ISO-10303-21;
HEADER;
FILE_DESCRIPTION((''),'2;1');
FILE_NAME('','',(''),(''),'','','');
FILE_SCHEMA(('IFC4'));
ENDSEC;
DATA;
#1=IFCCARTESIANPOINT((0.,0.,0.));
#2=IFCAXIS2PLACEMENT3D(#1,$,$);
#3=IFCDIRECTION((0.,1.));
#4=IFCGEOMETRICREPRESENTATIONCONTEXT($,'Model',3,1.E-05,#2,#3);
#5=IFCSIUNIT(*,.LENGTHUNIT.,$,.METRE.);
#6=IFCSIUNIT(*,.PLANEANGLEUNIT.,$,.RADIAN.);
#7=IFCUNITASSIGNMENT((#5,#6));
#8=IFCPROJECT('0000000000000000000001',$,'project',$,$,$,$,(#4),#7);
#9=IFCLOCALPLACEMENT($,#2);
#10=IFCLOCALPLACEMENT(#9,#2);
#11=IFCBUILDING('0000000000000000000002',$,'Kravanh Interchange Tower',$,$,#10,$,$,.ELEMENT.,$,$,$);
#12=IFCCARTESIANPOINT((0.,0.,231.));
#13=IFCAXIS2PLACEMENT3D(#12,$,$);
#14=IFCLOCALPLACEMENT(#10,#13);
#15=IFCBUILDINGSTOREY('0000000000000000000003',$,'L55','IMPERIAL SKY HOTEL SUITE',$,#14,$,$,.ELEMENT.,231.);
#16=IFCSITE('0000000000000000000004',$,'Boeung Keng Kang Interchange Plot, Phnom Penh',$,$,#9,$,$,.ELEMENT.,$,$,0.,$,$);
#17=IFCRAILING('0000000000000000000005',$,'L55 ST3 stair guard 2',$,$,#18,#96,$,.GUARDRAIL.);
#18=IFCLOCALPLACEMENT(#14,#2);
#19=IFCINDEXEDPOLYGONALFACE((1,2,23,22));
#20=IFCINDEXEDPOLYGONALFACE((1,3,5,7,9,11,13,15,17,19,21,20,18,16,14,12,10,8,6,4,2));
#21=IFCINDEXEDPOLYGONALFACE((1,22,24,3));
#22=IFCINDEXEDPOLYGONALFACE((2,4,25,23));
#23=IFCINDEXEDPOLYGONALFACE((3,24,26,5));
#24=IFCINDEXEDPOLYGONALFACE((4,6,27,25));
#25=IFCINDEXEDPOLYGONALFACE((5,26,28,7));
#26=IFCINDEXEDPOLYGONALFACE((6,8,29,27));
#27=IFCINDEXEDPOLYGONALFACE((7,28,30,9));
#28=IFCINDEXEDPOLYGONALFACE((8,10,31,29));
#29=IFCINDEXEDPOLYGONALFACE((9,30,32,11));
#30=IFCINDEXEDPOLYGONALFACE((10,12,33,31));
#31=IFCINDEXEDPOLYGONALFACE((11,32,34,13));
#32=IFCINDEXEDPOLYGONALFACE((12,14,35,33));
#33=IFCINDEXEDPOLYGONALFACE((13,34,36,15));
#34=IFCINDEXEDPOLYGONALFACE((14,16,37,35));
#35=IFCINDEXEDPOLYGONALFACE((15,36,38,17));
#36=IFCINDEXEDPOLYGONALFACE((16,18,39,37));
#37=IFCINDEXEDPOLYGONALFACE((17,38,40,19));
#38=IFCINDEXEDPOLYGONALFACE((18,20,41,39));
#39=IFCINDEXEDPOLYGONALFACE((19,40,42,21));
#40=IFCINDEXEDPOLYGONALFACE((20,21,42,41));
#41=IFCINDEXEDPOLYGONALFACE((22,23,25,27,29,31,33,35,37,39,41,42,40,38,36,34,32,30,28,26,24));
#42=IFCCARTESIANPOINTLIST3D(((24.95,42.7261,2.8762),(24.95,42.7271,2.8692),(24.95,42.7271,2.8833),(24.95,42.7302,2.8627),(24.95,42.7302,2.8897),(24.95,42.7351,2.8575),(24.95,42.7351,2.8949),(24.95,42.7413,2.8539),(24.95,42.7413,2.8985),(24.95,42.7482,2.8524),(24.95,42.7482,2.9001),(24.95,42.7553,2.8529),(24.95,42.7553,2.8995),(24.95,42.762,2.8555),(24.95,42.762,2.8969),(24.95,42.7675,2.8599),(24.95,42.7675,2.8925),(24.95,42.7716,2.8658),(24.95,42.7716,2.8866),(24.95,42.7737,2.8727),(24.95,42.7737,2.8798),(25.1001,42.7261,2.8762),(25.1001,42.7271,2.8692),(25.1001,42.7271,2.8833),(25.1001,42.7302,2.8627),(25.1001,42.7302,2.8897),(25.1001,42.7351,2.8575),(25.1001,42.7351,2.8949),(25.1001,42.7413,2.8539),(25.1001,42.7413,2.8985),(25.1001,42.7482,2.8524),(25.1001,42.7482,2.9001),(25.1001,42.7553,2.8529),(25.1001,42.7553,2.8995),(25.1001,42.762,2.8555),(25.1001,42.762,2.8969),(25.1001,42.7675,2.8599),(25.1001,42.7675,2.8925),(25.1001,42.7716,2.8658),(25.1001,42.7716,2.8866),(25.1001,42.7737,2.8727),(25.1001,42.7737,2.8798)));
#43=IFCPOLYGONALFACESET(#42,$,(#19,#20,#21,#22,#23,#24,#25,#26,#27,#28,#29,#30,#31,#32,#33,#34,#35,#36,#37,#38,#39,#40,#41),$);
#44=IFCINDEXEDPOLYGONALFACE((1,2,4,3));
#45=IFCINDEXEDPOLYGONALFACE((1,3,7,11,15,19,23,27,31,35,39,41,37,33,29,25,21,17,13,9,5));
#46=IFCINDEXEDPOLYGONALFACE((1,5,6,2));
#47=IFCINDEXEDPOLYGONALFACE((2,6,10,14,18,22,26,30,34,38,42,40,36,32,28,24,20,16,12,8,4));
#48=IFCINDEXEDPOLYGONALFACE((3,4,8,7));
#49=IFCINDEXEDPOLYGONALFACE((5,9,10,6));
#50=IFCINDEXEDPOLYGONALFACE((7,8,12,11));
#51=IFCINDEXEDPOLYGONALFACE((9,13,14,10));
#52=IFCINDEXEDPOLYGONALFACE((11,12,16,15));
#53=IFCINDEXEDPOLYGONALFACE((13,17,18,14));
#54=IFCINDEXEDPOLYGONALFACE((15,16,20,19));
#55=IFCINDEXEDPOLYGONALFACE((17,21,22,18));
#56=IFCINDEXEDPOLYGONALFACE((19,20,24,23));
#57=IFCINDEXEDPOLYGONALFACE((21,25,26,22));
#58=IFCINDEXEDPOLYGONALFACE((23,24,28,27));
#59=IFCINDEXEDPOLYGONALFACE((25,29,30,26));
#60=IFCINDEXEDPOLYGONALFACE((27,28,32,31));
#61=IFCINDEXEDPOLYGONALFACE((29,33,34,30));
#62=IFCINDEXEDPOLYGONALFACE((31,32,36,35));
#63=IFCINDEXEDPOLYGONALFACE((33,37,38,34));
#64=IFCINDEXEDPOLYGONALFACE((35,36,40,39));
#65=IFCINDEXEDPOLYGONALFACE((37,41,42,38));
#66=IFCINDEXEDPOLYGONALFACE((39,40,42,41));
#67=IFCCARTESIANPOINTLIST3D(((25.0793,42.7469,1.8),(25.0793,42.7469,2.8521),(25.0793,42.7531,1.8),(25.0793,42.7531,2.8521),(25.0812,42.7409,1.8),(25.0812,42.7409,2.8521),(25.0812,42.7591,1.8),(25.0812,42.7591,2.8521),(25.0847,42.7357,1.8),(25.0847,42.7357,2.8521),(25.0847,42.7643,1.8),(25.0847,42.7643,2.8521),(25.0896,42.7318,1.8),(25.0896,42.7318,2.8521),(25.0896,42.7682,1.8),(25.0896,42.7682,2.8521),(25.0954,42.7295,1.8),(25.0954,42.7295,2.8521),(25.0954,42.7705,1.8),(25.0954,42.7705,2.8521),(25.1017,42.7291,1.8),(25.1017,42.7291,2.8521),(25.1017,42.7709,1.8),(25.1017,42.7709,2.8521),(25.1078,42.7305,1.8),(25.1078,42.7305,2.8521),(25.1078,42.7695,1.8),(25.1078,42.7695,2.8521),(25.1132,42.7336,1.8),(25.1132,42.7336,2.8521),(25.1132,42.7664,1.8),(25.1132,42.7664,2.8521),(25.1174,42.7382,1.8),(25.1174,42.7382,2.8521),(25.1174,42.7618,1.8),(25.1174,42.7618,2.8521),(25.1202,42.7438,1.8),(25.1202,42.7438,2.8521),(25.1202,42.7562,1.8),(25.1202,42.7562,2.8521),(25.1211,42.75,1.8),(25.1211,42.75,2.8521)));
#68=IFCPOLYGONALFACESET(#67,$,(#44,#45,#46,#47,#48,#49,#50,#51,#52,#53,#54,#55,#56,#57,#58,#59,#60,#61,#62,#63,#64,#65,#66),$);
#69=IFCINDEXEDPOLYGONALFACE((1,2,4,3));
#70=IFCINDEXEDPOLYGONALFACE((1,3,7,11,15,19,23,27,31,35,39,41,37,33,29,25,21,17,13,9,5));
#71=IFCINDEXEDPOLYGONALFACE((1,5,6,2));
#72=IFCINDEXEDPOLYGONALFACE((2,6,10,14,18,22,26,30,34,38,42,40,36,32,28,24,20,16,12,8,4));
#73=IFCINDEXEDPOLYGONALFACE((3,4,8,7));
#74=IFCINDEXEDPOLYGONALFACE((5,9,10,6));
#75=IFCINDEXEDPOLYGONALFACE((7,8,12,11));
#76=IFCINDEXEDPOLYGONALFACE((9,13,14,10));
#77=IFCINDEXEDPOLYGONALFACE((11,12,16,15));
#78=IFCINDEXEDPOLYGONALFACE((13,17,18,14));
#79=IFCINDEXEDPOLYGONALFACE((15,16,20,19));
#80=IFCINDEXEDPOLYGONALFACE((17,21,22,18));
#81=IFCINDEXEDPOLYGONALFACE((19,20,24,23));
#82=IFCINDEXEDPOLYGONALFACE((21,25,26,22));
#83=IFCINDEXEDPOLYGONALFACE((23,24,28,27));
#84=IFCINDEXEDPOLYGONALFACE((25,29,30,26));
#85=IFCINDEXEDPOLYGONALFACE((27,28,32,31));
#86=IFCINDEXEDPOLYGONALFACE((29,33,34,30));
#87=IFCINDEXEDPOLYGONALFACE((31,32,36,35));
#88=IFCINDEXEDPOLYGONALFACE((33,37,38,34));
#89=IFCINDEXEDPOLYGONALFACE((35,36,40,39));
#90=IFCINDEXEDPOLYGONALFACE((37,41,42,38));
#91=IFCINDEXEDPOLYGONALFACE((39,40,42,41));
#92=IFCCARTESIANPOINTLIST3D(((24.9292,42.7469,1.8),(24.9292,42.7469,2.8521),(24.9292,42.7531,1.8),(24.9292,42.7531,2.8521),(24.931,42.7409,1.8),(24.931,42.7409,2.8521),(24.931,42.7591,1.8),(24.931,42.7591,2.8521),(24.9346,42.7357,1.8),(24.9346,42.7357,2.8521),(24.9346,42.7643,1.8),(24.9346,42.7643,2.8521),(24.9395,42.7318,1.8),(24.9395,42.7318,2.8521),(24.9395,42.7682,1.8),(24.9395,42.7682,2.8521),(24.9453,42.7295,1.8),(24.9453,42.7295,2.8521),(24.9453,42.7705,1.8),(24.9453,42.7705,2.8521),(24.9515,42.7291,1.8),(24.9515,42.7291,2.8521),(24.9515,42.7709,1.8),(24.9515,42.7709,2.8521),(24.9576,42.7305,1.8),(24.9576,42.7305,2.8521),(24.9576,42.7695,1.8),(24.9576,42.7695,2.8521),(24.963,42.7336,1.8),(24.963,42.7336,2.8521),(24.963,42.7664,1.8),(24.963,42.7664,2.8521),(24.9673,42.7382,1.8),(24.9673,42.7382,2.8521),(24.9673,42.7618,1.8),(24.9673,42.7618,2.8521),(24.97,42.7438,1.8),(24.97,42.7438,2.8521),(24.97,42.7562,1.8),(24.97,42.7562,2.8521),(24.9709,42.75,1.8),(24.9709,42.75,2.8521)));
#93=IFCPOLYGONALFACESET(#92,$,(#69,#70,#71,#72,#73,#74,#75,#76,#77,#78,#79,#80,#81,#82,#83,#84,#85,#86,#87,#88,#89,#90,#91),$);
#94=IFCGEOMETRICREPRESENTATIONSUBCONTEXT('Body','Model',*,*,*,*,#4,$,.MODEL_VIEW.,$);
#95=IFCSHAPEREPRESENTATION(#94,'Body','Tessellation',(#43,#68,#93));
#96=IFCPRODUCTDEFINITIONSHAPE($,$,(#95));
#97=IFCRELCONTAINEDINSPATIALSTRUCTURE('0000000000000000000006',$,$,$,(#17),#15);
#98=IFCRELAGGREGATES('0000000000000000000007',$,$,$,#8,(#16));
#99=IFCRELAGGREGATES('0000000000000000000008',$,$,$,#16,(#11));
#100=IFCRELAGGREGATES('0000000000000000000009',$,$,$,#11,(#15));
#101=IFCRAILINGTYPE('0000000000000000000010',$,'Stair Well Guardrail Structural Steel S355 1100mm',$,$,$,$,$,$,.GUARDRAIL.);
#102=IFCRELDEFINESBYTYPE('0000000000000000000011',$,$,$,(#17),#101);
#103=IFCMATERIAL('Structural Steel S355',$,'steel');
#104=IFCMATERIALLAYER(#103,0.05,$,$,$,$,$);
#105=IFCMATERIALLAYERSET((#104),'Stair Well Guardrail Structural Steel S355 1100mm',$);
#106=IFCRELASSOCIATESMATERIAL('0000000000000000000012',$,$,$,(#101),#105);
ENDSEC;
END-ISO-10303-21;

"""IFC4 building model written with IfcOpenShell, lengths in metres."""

from ifc_helpers import new_model, si_unit, direction, frame, origin, origin_2d, place, context, subcontext, project, spatial, circle, extrude, material, layer, layer_set, type_object, element, save


model = new_model("IFC4")

# Units and contexts
model_context = context("Model", 3, precision=1e-05, world=origin(), true_north=direction((0.0, 1.0)))
body_context = subcontext(model_context, "Body", "Model", "MODEL_VIEW")
ifc_project = project(units=[si_unit("LENGTHUNIT", "METRE"), si_unit("PLANEANGLEUNIT", "RADIAN")], contexts=[model_context])

# Site, building, storey
site_placement = place(None, origin())
site = spatial("IfcSite", under=ifc_project, at=site_placement, Name="Boeung Keng Kang Interchange Plot, Phnom Penh", CompositionType="ELEMENT", RefElevation=0.0)
building_placement = place(site_placement, origin())
building = spatial("IfcBuilding", under=site, at=building_placement, Name="Kravanh Interchange Tower", CompositionType="ELEMENT")
storey_placement = place(building_placement, frame((0.0, 0.0, 231.0)))
storey = spatial("IfcBuildingStorey", under=building, at=storey_placement, Name="L55", Description="IMPERIAL SKY HOTEL SUITE", CompositionType="ELEMENT", Elevation=231.0)

# Railing
ifc_material_1 = material(Name="Structural Steel S355", Category="steel")
ifc_layer_1 = layer(ifc_material_1, 0.05)
ifc_layer_set_1 = layer_set([ifc_layer_1], Name="Stair Well Guardrail Structural Steel S355 1100mm")
railing_type_1 = type_object("IfcRailingType", Name="Stair Well Guardrail Structural Steel S355 1100mm", PredefinedType="GUARDRAIL", material=ifc_layer_set_1)
railing_1_placement = place(storey_placement, frame((25.1001, 42.75, 1.8)))
element("IfcRailing", 1, at=railing_1_placement, inside=storey, type_object=railing_type_1, Name="L55 ST3 stair guard 2", PredefinedType="GUARDRAIL", context=body_context, shape_type="SweptSolid", body=[
    extrude(circle(Radius=0.0239, at=origin_2d()), frame((0.0, 0.0, 1.0762), z_axis=(-1.0, 0.0, 0.0), x_axis=(0.0, -1.0, 0.0)), (0.0, 0.0, 1.0), 0.1501),
    extrude(circle(Radius=0.021, at=origin_2d()), origin(), (0.0, 0.0, 1.0), 1.052),
    extrude(circle(Radius=0.021, at=origin_2d()), frame((-0.1501, 0.0, 0.0)), (0.0, 0.0, 1.0), 1.052),
])

save(model, "model.ifc")
